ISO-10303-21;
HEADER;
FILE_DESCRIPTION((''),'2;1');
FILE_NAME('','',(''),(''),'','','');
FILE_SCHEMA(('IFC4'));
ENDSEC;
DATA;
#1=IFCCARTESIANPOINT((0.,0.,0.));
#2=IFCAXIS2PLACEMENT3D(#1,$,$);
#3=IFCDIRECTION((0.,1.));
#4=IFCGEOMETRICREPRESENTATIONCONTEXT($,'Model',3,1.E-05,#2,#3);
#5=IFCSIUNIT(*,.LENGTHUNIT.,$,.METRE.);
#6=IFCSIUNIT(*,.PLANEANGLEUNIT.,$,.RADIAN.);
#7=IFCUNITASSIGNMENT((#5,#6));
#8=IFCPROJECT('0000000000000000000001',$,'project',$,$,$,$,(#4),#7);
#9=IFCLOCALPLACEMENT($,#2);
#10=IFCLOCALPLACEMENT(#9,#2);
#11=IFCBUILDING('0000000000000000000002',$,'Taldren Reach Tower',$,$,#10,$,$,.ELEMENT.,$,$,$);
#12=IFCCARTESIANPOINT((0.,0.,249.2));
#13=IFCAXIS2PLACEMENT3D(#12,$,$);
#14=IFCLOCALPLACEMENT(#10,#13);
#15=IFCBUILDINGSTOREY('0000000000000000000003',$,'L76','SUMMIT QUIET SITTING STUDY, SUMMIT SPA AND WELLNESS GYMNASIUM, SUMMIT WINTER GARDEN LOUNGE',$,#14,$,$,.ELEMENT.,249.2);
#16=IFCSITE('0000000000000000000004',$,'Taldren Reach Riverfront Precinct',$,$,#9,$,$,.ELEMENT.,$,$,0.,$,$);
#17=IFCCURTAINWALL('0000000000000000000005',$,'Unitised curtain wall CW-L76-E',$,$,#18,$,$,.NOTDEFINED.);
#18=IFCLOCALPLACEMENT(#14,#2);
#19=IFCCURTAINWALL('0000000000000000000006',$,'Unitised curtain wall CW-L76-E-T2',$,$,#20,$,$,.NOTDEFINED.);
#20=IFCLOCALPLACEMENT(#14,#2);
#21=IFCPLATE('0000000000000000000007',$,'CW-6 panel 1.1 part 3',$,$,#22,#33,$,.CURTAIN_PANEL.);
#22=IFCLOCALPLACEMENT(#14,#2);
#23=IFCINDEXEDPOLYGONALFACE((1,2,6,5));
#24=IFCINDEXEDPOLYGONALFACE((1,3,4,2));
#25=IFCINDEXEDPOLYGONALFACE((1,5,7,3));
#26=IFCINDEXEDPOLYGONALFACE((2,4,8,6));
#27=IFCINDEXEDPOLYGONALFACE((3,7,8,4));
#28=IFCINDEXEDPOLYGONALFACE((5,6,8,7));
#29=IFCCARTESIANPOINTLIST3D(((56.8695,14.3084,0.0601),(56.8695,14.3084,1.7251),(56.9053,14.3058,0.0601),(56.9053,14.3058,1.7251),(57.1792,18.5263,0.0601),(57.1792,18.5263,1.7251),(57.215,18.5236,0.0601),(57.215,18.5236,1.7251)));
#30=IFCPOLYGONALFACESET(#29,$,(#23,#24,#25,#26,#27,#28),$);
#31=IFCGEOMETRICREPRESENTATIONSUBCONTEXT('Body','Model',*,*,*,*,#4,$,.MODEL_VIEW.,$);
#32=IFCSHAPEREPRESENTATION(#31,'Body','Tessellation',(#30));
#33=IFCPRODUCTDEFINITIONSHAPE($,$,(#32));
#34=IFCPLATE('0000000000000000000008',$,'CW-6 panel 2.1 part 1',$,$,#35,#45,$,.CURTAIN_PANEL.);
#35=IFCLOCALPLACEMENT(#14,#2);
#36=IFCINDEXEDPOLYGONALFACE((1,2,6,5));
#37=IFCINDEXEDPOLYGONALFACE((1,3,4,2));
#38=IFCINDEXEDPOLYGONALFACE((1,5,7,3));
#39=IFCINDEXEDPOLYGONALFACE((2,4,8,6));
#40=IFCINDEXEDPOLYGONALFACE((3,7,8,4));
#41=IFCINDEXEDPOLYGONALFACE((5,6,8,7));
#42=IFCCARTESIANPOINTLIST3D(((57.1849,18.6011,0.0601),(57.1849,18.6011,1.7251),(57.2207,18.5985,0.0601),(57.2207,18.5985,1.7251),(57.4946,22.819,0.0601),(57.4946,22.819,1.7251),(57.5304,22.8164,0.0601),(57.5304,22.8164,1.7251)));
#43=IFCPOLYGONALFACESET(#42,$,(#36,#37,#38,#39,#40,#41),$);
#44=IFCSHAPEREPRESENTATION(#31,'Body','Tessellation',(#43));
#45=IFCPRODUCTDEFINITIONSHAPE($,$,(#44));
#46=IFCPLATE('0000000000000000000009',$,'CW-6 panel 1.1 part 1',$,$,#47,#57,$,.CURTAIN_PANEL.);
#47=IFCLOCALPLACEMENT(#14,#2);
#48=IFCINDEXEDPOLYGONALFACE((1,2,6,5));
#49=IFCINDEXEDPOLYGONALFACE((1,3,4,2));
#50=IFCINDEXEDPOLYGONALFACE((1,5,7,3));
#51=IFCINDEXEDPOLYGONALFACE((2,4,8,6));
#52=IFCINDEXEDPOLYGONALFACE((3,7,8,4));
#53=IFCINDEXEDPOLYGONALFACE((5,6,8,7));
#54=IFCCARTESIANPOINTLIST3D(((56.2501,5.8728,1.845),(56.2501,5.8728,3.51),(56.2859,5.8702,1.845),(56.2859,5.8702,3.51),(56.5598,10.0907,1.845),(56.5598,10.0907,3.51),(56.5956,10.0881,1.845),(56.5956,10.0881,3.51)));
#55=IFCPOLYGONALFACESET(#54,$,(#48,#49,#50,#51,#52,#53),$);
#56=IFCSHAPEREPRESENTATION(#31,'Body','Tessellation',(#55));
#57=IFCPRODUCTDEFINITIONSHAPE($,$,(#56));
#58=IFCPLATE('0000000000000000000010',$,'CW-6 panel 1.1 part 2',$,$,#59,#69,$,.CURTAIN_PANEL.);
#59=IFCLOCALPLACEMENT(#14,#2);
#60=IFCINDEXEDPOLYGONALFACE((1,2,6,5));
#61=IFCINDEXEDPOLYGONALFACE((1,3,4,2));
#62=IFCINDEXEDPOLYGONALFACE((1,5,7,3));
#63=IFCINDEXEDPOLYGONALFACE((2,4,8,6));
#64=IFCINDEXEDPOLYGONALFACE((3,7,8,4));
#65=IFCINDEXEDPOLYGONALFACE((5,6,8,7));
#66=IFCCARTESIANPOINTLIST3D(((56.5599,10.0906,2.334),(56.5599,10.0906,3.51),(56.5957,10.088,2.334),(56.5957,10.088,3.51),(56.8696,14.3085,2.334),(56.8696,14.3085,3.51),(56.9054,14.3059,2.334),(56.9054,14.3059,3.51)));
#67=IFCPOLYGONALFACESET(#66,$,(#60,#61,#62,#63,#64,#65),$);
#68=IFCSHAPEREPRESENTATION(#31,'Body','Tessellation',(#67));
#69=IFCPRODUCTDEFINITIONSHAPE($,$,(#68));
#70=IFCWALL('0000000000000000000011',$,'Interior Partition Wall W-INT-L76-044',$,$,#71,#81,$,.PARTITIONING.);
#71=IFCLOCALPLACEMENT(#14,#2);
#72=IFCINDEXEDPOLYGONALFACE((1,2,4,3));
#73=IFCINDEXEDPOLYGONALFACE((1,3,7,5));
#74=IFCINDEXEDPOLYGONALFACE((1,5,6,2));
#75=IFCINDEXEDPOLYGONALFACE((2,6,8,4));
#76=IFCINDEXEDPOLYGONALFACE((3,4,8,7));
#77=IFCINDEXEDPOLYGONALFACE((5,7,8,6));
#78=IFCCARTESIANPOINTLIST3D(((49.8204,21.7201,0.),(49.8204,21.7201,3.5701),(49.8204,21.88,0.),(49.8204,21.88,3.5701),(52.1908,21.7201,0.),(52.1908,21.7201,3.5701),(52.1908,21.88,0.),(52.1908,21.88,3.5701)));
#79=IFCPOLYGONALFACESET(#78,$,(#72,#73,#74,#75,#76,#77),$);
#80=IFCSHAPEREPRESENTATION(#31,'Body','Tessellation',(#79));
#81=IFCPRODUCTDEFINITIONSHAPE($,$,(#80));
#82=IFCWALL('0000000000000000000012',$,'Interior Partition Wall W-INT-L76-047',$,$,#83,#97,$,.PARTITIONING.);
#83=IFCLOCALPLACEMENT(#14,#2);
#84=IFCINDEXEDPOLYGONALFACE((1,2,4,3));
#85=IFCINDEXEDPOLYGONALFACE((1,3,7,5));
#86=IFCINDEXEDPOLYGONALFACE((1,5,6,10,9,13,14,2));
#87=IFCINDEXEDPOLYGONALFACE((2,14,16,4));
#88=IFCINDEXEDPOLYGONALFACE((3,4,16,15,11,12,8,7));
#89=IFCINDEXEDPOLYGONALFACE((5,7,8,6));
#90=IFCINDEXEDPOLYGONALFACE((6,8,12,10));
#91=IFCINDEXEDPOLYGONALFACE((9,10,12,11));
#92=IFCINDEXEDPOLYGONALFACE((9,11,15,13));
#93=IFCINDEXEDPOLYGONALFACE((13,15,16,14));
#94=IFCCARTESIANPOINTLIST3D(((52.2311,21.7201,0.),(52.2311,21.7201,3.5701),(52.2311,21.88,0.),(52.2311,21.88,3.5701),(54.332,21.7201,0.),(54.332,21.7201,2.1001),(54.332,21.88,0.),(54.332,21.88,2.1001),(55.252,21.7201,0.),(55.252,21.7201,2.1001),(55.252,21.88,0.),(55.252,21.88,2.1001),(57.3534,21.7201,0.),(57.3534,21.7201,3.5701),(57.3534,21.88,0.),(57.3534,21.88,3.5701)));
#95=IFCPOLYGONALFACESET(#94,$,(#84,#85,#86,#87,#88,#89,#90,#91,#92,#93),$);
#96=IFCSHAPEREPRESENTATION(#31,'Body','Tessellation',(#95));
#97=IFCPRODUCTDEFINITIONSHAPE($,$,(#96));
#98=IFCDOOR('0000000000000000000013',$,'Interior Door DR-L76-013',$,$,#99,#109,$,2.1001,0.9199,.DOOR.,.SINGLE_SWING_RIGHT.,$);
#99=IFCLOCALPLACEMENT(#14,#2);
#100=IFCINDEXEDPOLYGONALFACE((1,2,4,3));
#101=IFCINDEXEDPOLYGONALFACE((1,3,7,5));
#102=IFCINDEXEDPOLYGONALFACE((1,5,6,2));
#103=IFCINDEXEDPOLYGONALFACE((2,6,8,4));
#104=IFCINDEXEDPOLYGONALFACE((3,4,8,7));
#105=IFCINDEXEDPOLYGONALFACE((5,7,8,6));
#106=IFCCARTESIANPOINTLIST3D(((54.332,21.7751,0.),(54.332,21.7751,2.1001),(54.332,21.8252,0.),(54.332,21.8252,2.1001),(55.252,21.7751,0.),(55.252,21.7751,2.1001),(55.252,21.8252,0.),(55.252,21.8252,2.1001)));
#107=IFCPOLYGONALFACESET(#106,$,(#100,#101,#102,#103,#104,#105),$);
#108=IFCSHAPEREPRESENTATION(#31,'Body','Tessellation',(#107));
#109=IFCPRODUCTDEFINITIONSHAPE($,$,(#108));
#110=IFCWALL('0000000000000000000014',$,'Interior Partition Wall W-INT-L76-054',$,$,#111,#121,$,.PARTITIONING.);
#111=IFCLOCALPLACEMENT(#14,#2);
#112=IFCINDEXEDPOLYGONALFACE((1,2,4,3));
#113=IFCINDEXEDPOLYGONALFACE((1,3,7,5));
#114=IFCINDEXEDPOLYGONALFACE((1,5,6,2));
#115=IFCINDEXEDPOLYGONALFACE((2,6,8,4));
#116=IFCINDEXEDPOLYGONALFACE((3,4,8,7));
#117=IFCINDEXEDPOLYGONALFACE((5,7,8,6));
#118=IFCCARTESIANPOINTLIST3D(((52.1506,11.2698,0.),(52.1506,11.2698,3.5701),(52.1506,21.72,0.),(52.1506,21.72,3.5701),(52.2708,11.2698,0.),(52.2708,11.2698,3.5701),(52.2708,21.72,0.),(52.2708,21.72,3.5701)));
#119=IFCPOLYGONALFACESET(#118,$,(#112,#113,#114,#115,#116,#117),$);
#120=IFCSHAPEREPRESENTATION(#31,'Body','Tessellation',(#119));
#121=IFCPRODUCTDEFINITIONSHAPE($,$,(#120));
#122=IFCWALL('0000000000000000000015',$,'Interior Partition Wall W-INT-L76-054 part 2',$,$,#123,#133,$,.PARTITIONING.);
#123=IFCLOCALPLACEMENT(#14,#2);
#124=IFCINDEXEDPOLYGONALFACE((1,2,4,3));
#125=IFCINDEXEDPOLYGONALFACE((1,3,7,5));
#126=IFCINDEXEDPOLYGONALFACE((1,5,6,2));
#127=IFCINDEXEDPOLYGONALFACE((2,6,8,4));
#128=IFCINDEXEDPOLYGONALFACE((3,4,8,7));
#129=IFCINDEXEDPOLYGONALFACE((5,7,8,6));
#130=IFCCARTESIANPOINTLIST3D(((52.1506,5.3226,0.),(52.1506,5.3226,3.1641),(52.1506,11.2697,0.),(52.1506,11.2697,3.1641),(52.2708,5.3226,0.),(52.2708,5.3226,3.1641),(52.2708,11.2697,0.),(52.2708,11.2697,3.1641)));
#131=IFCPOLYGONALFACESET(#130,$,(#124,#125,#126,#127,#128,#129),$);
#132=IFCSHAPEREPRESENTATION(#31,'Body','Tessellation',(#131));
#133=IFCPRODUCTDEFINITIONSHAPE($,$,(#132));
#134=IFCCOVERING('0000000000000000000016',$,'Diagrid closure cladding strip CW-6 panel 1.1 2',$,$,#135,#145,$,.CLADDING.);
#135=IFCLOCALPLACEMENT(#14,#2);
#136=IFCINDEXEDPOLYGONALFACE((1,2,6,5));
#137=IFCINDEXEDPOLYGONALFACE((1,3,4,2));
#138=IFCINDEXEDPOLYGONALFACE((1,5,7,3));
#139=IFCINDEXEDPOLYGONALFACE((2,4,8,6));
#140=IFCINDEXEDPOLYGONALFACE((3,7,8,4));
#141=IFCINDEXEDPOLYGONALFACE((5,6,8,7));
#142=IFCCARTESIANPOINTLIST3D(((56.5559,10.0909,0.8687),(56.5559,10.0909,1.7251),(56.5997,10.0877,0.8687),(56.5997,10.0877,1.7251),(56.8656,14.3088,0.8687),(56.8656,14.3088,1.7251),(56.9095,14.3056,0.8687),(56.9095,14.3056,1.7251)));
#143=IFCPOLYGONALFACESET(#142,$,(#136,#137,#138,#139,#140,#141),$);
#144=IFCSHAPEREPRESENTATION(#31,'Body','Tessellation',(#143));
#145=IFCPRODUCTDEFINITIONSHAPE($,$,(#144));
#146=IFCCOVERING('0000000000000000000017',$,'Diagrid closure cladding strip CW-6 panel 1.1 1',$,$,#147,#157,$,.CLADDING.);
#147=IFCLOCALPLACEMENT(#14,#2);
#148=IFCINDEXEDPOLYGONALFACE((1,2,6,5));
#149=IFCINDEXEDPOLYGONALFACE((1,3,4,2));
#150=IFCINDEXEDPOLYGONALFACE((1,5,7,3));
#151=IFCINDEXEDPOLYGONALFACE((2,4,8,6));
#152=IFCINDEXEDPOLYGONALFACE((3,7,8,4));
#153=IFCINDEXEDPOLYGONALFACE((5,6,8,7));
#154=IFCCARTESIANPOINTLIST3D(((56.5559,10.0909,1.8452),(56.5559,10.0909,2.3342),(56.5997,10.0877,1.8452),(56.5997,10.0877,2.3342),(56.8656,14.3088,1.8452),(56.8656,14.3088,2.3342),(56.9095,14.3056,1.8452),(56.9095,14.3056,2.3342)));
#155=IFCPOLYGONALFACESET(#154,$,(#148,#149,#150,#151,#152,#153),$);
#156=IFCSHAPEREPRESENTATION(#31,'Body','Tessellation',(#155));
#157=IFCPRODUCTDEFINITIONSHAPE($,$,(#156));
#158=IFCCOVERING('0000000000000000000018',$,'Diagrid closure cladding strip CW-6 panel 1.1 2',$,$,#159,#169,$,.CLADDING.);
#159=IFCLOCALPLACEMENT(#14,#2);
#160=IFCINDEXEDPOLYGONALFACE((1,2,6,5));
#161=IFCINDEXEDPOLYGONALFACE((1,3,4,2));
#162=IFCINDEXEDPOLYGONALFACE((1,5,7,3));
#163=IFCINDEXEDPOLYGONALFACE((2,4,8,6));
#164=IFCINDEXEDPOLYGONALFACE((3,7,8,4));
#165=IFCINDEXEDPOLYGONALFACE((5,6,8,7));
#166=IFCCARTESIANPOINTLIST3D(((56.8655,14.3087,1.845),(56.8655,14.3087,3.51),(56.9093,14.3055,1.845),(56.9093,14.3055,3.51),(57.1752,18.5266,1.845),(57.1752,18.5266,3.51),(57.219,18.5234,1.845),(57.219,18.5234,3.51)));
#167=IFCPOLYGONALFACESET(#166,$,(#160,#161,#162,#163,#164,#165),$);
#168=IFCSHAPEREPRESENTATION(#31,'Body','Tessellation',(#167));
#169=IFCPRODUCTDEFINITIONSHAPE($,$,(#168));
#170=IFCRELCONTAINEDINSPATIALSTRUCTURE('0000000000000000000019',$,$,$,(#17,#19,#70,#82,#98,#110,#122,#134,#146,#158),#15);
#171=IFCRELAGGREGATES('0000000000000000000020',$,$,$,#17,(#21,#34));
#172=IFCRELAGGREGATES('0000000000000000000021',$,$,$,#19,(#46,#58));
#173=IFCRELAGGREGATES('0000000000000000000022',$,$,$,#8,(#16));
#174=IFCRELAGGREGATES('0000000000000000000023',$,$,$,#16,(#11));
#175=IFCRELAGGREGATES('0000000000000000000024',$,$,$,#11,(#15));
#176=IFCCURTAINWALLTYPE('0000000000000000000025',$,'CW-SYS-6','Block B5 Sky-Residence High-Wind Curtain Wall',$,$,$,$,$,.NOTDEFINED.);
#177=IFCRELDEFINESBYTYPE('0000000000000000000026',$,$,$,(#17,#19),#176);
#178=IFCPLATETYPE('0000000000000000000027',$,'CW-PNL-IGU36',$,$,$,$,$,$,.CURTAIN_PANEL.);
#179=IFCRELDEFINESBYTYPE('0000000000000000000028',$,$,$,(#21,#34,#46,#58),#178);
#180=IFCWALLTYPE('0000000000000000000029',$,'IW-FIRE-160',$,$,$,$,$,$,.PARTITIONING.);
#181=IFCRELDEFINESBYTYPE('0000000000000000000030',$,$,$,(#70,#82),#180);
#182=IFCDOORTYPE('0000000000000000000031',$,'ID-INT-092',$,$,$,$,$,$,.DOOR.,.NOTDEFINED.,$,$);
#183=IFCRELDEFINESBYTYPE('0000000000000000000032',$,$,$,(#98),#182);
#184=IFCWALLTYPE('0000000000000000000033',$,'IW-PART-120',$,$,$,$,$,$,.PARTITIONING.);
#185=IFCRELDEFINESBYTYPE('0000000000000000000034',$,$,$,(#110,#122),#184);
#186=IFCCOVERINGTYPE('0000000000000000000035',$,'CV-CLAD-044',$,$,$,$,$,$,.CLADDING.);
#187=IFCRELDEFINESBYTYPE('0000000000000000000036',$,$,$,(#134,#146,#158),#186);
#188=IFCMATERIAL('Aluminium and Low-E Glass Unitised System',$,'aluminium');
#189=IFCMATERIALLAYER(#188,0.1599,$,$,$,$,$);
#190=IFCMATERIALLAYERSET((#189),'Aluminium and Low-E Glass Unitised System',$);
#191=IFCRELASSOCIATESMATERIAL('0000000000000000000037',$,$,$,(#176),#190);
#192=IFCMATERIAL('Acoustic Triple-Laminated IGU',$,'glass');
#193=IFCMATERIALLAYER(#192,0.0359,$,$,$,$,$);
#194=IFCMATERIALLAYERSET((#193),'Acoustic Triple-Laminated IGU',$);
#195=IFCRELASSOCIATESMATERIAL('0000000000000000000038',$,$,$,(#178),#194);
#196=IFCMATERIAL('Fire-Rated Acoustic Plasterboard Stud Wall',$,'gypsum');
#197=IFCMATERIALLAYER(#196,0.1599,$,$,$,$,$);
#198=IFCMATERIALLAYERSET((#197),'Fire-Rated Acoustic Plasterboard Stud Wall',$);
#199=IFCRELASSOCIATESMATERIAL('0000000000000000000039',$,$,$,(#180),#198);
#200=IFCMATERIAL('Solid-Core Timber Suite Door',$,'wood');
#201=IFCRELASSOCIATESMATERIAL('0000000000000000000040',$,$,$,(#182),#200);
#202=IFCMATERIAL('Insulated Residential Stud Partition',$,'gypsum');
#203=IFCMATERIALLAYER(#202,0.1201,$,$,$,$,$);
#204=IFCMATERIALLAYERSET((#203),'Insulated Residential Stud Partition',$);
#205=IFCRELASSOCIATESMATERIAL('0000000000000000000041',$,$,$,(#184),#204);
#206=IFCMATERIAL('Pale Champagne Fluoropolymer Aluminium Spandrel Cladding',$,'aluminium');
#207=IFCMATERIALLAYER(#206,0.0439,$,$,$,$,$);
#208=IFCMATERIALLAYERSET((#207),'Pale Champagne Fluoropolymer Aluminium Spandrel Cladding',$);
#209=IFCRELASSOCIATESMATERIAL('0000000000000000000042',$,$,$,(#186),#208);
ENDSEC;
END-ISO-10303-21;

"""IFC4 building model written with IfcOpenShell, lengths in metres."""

from ifc_helpers import new_model, si_unit, direction, frame, frame_2d, origin, origin_2d, place, context, subcontext, project, spatial, rectangle, extrude, source, transform, mapped, material, layer, layer_set, type_object, element, fill, aggregate, save


model = new_model("IFC4")

# Units and contexts
model_context = context("Model", 3, precision=1e-05, world=origin(), true_north=direction((0.0, 1.0)))
body_context = subcontext(model_context, "Body", "Model", "MODEL_VIEW")
ifc_project = project(units=[si_unit("LENGTHUNIT", "METRE"), si_unit("PLANEANGLEUNIT", "RADIAN")], contexts=[model_context])

# Site, building, storey
site_placement = place(None, origin())
site = spatial("IfcSite", under=ifc_project, at=site_placement, Name="Taldren Reach Riverfront Precinct", CompositionType="ELEMENT", RefElevation=0.0)
building_placement = place(site_placement, origin())
building = spatial("IfcBuilding", under=site, at=building_placement, Name="Taldren Reach Tower", CompositionType="ELEMENT")
storey_placement = place(building_placement, frame((0.0, 0.0, 249.2)))
storey = spatial("IfcBuildingStorey", under=building, at=storey_placement, Name="L76", Description="SUMMIT QUIET SITTING STUDY, SUMMIT SPA AND WELLNESS GYMNASIUM, SUMMIT WINTER GARDEN LOUNGE", CompositionType="ELEMENT", Elevation=249.2)

# Curtain walls
ifc_material_1 = material(Name="Aluminium and Low-E Glass Unitised System", Category="aluminium")
ifc_layer_1 = layer(ifc_material_1, 0.1599)
ifc_layer_set_1 = layer_set([ifc_layer_1], Name="Aluminium and Low-E Glass Unitised System")
curtain_wall_type = type_object("IfcCurtainWallType", Name="CW-SYS-6", Description="Block B5 Sky-Residence High-Wind Curtain Wall", PredefinedType="NOTDEFINED", material=ifc_layer_set_1)
curtain_wall_1_placement = place(storey_placement, origin())
curtain_wall_1 = element("IfcCurtainWall", 1, at=curtain_wall_1_placement, inside=storey, type_object=curtain_wall_type, Name="Unitised curtain wall CW-L76-E", PredefinedType="NOTDEFINED")
curtain_wall_2_placement = place(storey_placement, origin())
curtain_wall_2 = element("IfcCurtainWall", 2, at=curtain_wall_2_placement, inside=storey, type_object=curtain_wall_type, Name="Unitised curtain wall CW-L76-E-T2", PredefinedType="NOTDEFINED")

# Plates
ifc_material_2 = material(Name="Acoustic Triple-Laminated IGU", Category="glass")
ifc_layer_2 = layer(ifc_material_2, 0.0359)
ifc_layer_set_2 = layer_set([ifc_layer_2], Name="Acoustic Triple-Laminated IGU")
plate_type_1 = type_object("IfcPlateType", Name="CW-PNL-IGU36", PredefinedType="CURTAIN_PANEL", material=ifc_layer_set_2)
shared_shape_1 = source(origin(), body_context, "Body", "SweptSolid", [
    extrude(rectangle(XDim=4.2292, YDim=0.0359, at=origin_2d()), origin(), (0.0, 0.0, 1.0), 1.665),
])
plate_1_placement = place(storey_placement, frame((57.0422, 16.416, 0.0601), z_axis=(0.0, 0.0, 1.0), x_axis=(0.073238, 0.997314, 0.0)))
plate_1 = element("IfcPlate", 3, at=plate_1_placement, type_object=plate_type_1, Name="CW-6 panel 1.1 part 3", PredefinedType="CURTAIN_PANEL", context=body_context, shape_type="MappedRepresentation", body=[
    mapped(shared_shape_1, transform((0.0, 0.0, 0.0), scale=1.0)),
])
plate_2_placement = place(storey_placement, frame((57.3577, 20.7087, 0.0601), z_axis=(0.0, 0.0, 1.0), x_axis=(0.073238, 0.997314, 0.0)))
plate_2 = element("IfcPlate", 4, at=plate_2_placement, type_object=plate_type_1, Name="CW-6 panel 2.1 part 1", PredefinedType="CURTAIN_PANEL", context=body_context, shape_type="MappedRepresentation", body=[
    mapped(shared_shape_1, transform((0.0, 0.0, 0.0), scale=1.0)),
])
aggregate(curtain_wall_1, [plate_1, plate_2])
plate_3_placement = place(storey_placement, frame((56.4229, 7.9805, 1.845), z_axis=(0.0, 0.0, 1.0), x_axis=(0.073238, 0.997314, 0.0)))
plate_3 = element("IfcPlate", 5, at=plate_3_placement, type_object=plate_type_1, Name="CW-6 panel 1.1 part 1", PredefinedType="CURTAIN_PANEL", context=body_context, shape_type="MappedRepresentation", body=[
    mapped(shared_shape_1, transform((0.0, 0.0, 0.0), scale=1.0)),
])
shared_shape_2 = source(origin(), body_context, "Body", "SweptSolid", [
    extrude(rectangle(XDim=4.2292, YDim=0.0359, at=origin_2d()), origin(), (0.0, 0.0, 1.0), 1.176),
])
plate_4_placement = place(storey_placement, frame((56.7327, 12.1982, 2.334), z_axis=(0.0, 0.0, 1.0), x_axis=(0.073238, 0.997314, 0.0)))
plate_4 = element("IfcPlate", 6, at=plate_4_placement, type_object=plate_type_1, Name="CW-6 panel 1.1 part 2", PredefinedType="CURTAIN_PANEL", context=body_context, shape_type="MappedRepresentation", body=[
    mapped(shared_shape_2, transform((0.0, 0.0, 0.0), scale=1.0)),
])
aggregate(curtain_wall_2, [plate_3, plate_4])

# Wall
ifc_material_3 = material(Name="Fire-Rated Acoustic Plasterboard Stud Wall", Category="gypsum")
ifc_layer_3 = layer(ifc_material_3, 0.1599)
ifc_layer_set_3 = layer_set([ifc_layer_3], Name="Fire-Rated Acoustic Plasterboard Stud Wall")
wall_type_1 = type_object("IfcWallType", Name="IW-FIRE-160", PredefinedType="PARTITIONING", material=ifc_layer_set_3)
shared_shape_3 = source(origin(), body_context, "Body", "SweptSolid", [
    extrude(rectangle(XDim=2.3704, YDim=0.1599, at=frame_2d((1.1851, 0.0))), origin(), (0.0, 0.0, 1.0), 3.5701),
])
wall_1_placement = place(storey_placement, frame((52.1907, 21.8, 0.0), z_axis=(0.0, 0.0, 1.0), x_axis=(-1.0, 0.0, 0.0)))
element("IfcWall", 7, at=wall_1_placement, inside=storey, type_object=wall_type_1, Name="Interior Partition Wall W-INT-L76-044", PredefinedType="PARTITIONING", context=body_context, shape_type="MappedRepresentation", body=[
    mapped(shared_shape_3, transform((0.0, 0.0, 0.0), scale=1.0)),
])

# Wall, opening, door
shared_shape_4 = source(origin(), body_context, "Body", "SweptSolid", [
    extrude(rectangle(XDim=5.1223, YDim=0.1599, at=frame_2d((2.561, 0.0))), origin(), (0.0, 0.0, 1.0), 3.5701),
])
wall_2_placement = place(storey_placement, frame((57.3533, 21.8, 0.0), z_axis=(0.0, 0.0, 1.0), x_axis=(-1.0, 0.0, 0.0)))
wall_2 = element("IfcWall", 8, at=wall_2_placement, inside=storey, type_object=wall_type_1, Name="Interior Partition Wall W-INT-L76-047", PredefinedType="PARTITIONING", context=body_context, shape_type="MappedRepresentation", body=[
    mapped(shared_shape_4, transform((0.0, 0.0, 0.0), scale=1.0)),
])
shared_shape_5 = source(origin(), body_context, "Body", "SweptSolid", [
    extrude(rectangle(XDim=0.9199, YDim=2.1001, at=frame_2d((0.46, 1.05))), frame((0.0, 0.0898, 0.0), z_axis=(0.0, -1.0, 0.0), x_axis=(1.0, 0.0, 0.0)), (0.0, 0.0, 1.0), 0.1799),
])
opening_placement = place(wall_2_placement, frame((2.1013, 0.0, 0.0)))
opening = element("IfcOpeningElement", 9, at=opening_placement, cuts=wall_2, PredefinedType="OPENING", context=body_context, shape_type="MappedRepresentation", body=[
    mapped(shared_shape_5, transform((0.0, 0.0, 0.0), scale=1.0)),
])
ifc_material_4 = material(Name="Solid-Core Timber Suite Door", Category="wood")
door_type = type_object("IfcDoorType", Name="ID-INT-092", OperationType="NOTDEFINED", PredefinedType="DOOR", material=ifc_material_4)
shared_shape_6 = source(origin(), body_context, "Body", "SweptSolid", [
    extrude(rectangle(XDim=0.9199, YDim=2.1001, at=frame_2d((0.46, 1.05))), frame((0.0, 0.0249, 0.0), z_axis=(0.0, -1.0, 0.0), x_axis=(1.0, 0.0, 0.0)), (0.0, 0.0, 1.0), 0.05),
])
door_placement = place(opening_placement, origin())
door = element("IfcDoor", 10, at=door_placement, inside=storey, type_object=door_type, Name="Interior Door DR-L76-013", OperationType="SINGLE_SWING_RIGHT", OverallHeight=2.1001, OverallWidth=0.9199, PredefinedType="DOOR", context=body_context, shape_type="MappedRepresentation", body=[
    mapped(shared_shape_6, transform((0.0, 0.0, 0.0), scale=1.0)),
])
fill(opening, door)

# Walls
ifc_material_5 = material(Name="Insulated Residential Stud Partition", Category="gypsum")
ifc_layer_4 = layer(ifc_material_5, 0.1201)
ifc_layer_set_4 = layer_set([ifc_layer_4], Name="Insulated Residential Stud Partition")
wall_type_2 = type_object("IfcWallType", Name="IW-PART-120", PredefinedType="PARTITIONING", material=ifc_layer_set_4)
shared_shape_7 = source(origin(), body_context, "Body", "SweptSolid", [
    extrude(rectangle(XDim=10.4502, YDim=0.1201, at=frame_2d((5.2251, 0.0))), origin(), (0.0, 0.0, 1.0), 3.5701),
])
wall_3_placement = place(storey_placement, frame((52.2107, 21.72, 0.0), z_axis=(0.0, 0.0, 1.0), x_axis=(0.0, -1.0, 0.0)))
element("IfcWall", 11, at=wall_3_placement, inside=storey, type_object=wall_type_2, Name="Interior Partition Wall W-INT-L76-054", PredefinedType="PARTITIONING", context=body_context, shape_type="MappedRepresentation", body=[
    mapped(shared_shape_7, transform((0.0, 0.0, 0.0), scale=1.0)),
])
shared_shape_8 = source(origin(), body_context, "Body", "SweptSolid", [
    extrude(rectangle(XDim=5.947, YDim=0.1201, at=frame_2d((2.9736, 0.0))), origin(), (0.0, 0.0, 1.0), 3.1641),
])
wall_4_placement = place(storey_placement, frame((52.2107, 11.2698, 0.0), z_axis=(0.0, 0.0, 1.0), x_axis=(0.0, -1.0, 0.0)))
element("IfcWall", 12, at=wall_4_placement, inside=storey, type_object=wall_type_2, Name="Interior Partition Wall W-INT-L76-054 part 2", PredefinedType="PARTITIONING", context=body_context, shape_type="MappedRepresentation", body=[
    mapped(shared_shape_8, transform((0.0, 0.0, 0.0), scale=1.0)),
])

# Coverings
ifc_material_6 = material(Name="Pale Champagne Fluoropolymer Aluminium Spandrel Cladding", Category="aluminium")
ifc_layer_5 = layer(ifc_material_6, 0.0439)
ifc_layer_set_5 = layer_set([ifc_layer_5], Name="Pale Champagne Fluoropolymer Aluminium Spandrel Cladding")
covering_type = type_object("IfcCoveringType", Name="CV-CLAD-044", PredefinedType="CLADDING", material=ifc_layer_set_5)
shared_shape_9 = source(origin(), body_context, "Body", "SweptSolid", [
    extrude(rectangle(XDim=4.2292, YDim=0.0439, at=origin_2d()), origin(), (0.0, 0.0, 1.0), 0.8564),
])
covering_1_placement = place(storey_placement, frame((56.7327, 12.1982, 0.8687), z_axis=(0.0, 0.0, 1.0), x_axis=(0.073238, 0.997314, 0.0)))
element("IfcCovering", 13, at=covering_1_placement, inside=storey, type_object=covering_type, Name="Diagrid closure cladding strip CW-6 panel 1.1 2", PredefinedType="CLADDING", context=body_context, shape_type="MappedRepresentation", body=[
    mapped(shared_shape_9, transform((0.0, 0.0, 0.0), scale=1.0)),
])
shared_shape_10 = source(origin(), body_context, "Body", "SweptSolid", [
    extrude(rectangle(XDim=4.2292, YDim=0.0439, at=origin_2d()), origin(), (0.0, 0.0, 1.0), 0.489),
])
covering_2_placement = place(storey_placement, frame((56.7327, 12.1982, 1.8452), z_axis=(0.0, 0.0, 1.0), x_axis=(0.073238, 0.997314, 0.0)))
element("IfcCovering", 14, at=covering_2_placement, inside=storey, type_object=covering_type, Name="Diagrid closure cladding strip CW-6 panel 1.1 1", PredefinedType="CLADDING", context=body_context, shape_type="MappedRepresentation", body=[
    mapped(shared_shape_10, transform((0.0, 0.0, 0.0), scale=1.0)),
])
shared_shape_11 = source(origin(), body_context, "Body", "SweptSolid", [
    extrude(rectangle(XDim=4.2292, YDim=0.0439, at=origin_2d()), origin(), (0.0, 0.0, 1.0), 1.665),
])
for number, where, z_axis, x_axis, name in (
    (15, (57.0422, 16.416, 1.845), (0.0, 0.0, 1.0), (0.073238, 0.997314, 0.0), "Diagrid closure cladding strip CW-6 panel 1.1 2"),
):
    element("IfcCovering", number, at=place(storey_placement, frame(where, z_axis=z_axis, x_axis=x_axis)), inside=storey, type_object=covering_type, Name=name, PredefinedType="CLADDING", context=body_context, shape_type="MappedRepresentation", body=[
        mapped(shared_shape_11, transform((0.0, 0.0, 0.0), scale=1.0)),
    ])

save(model, "model.ifc")
